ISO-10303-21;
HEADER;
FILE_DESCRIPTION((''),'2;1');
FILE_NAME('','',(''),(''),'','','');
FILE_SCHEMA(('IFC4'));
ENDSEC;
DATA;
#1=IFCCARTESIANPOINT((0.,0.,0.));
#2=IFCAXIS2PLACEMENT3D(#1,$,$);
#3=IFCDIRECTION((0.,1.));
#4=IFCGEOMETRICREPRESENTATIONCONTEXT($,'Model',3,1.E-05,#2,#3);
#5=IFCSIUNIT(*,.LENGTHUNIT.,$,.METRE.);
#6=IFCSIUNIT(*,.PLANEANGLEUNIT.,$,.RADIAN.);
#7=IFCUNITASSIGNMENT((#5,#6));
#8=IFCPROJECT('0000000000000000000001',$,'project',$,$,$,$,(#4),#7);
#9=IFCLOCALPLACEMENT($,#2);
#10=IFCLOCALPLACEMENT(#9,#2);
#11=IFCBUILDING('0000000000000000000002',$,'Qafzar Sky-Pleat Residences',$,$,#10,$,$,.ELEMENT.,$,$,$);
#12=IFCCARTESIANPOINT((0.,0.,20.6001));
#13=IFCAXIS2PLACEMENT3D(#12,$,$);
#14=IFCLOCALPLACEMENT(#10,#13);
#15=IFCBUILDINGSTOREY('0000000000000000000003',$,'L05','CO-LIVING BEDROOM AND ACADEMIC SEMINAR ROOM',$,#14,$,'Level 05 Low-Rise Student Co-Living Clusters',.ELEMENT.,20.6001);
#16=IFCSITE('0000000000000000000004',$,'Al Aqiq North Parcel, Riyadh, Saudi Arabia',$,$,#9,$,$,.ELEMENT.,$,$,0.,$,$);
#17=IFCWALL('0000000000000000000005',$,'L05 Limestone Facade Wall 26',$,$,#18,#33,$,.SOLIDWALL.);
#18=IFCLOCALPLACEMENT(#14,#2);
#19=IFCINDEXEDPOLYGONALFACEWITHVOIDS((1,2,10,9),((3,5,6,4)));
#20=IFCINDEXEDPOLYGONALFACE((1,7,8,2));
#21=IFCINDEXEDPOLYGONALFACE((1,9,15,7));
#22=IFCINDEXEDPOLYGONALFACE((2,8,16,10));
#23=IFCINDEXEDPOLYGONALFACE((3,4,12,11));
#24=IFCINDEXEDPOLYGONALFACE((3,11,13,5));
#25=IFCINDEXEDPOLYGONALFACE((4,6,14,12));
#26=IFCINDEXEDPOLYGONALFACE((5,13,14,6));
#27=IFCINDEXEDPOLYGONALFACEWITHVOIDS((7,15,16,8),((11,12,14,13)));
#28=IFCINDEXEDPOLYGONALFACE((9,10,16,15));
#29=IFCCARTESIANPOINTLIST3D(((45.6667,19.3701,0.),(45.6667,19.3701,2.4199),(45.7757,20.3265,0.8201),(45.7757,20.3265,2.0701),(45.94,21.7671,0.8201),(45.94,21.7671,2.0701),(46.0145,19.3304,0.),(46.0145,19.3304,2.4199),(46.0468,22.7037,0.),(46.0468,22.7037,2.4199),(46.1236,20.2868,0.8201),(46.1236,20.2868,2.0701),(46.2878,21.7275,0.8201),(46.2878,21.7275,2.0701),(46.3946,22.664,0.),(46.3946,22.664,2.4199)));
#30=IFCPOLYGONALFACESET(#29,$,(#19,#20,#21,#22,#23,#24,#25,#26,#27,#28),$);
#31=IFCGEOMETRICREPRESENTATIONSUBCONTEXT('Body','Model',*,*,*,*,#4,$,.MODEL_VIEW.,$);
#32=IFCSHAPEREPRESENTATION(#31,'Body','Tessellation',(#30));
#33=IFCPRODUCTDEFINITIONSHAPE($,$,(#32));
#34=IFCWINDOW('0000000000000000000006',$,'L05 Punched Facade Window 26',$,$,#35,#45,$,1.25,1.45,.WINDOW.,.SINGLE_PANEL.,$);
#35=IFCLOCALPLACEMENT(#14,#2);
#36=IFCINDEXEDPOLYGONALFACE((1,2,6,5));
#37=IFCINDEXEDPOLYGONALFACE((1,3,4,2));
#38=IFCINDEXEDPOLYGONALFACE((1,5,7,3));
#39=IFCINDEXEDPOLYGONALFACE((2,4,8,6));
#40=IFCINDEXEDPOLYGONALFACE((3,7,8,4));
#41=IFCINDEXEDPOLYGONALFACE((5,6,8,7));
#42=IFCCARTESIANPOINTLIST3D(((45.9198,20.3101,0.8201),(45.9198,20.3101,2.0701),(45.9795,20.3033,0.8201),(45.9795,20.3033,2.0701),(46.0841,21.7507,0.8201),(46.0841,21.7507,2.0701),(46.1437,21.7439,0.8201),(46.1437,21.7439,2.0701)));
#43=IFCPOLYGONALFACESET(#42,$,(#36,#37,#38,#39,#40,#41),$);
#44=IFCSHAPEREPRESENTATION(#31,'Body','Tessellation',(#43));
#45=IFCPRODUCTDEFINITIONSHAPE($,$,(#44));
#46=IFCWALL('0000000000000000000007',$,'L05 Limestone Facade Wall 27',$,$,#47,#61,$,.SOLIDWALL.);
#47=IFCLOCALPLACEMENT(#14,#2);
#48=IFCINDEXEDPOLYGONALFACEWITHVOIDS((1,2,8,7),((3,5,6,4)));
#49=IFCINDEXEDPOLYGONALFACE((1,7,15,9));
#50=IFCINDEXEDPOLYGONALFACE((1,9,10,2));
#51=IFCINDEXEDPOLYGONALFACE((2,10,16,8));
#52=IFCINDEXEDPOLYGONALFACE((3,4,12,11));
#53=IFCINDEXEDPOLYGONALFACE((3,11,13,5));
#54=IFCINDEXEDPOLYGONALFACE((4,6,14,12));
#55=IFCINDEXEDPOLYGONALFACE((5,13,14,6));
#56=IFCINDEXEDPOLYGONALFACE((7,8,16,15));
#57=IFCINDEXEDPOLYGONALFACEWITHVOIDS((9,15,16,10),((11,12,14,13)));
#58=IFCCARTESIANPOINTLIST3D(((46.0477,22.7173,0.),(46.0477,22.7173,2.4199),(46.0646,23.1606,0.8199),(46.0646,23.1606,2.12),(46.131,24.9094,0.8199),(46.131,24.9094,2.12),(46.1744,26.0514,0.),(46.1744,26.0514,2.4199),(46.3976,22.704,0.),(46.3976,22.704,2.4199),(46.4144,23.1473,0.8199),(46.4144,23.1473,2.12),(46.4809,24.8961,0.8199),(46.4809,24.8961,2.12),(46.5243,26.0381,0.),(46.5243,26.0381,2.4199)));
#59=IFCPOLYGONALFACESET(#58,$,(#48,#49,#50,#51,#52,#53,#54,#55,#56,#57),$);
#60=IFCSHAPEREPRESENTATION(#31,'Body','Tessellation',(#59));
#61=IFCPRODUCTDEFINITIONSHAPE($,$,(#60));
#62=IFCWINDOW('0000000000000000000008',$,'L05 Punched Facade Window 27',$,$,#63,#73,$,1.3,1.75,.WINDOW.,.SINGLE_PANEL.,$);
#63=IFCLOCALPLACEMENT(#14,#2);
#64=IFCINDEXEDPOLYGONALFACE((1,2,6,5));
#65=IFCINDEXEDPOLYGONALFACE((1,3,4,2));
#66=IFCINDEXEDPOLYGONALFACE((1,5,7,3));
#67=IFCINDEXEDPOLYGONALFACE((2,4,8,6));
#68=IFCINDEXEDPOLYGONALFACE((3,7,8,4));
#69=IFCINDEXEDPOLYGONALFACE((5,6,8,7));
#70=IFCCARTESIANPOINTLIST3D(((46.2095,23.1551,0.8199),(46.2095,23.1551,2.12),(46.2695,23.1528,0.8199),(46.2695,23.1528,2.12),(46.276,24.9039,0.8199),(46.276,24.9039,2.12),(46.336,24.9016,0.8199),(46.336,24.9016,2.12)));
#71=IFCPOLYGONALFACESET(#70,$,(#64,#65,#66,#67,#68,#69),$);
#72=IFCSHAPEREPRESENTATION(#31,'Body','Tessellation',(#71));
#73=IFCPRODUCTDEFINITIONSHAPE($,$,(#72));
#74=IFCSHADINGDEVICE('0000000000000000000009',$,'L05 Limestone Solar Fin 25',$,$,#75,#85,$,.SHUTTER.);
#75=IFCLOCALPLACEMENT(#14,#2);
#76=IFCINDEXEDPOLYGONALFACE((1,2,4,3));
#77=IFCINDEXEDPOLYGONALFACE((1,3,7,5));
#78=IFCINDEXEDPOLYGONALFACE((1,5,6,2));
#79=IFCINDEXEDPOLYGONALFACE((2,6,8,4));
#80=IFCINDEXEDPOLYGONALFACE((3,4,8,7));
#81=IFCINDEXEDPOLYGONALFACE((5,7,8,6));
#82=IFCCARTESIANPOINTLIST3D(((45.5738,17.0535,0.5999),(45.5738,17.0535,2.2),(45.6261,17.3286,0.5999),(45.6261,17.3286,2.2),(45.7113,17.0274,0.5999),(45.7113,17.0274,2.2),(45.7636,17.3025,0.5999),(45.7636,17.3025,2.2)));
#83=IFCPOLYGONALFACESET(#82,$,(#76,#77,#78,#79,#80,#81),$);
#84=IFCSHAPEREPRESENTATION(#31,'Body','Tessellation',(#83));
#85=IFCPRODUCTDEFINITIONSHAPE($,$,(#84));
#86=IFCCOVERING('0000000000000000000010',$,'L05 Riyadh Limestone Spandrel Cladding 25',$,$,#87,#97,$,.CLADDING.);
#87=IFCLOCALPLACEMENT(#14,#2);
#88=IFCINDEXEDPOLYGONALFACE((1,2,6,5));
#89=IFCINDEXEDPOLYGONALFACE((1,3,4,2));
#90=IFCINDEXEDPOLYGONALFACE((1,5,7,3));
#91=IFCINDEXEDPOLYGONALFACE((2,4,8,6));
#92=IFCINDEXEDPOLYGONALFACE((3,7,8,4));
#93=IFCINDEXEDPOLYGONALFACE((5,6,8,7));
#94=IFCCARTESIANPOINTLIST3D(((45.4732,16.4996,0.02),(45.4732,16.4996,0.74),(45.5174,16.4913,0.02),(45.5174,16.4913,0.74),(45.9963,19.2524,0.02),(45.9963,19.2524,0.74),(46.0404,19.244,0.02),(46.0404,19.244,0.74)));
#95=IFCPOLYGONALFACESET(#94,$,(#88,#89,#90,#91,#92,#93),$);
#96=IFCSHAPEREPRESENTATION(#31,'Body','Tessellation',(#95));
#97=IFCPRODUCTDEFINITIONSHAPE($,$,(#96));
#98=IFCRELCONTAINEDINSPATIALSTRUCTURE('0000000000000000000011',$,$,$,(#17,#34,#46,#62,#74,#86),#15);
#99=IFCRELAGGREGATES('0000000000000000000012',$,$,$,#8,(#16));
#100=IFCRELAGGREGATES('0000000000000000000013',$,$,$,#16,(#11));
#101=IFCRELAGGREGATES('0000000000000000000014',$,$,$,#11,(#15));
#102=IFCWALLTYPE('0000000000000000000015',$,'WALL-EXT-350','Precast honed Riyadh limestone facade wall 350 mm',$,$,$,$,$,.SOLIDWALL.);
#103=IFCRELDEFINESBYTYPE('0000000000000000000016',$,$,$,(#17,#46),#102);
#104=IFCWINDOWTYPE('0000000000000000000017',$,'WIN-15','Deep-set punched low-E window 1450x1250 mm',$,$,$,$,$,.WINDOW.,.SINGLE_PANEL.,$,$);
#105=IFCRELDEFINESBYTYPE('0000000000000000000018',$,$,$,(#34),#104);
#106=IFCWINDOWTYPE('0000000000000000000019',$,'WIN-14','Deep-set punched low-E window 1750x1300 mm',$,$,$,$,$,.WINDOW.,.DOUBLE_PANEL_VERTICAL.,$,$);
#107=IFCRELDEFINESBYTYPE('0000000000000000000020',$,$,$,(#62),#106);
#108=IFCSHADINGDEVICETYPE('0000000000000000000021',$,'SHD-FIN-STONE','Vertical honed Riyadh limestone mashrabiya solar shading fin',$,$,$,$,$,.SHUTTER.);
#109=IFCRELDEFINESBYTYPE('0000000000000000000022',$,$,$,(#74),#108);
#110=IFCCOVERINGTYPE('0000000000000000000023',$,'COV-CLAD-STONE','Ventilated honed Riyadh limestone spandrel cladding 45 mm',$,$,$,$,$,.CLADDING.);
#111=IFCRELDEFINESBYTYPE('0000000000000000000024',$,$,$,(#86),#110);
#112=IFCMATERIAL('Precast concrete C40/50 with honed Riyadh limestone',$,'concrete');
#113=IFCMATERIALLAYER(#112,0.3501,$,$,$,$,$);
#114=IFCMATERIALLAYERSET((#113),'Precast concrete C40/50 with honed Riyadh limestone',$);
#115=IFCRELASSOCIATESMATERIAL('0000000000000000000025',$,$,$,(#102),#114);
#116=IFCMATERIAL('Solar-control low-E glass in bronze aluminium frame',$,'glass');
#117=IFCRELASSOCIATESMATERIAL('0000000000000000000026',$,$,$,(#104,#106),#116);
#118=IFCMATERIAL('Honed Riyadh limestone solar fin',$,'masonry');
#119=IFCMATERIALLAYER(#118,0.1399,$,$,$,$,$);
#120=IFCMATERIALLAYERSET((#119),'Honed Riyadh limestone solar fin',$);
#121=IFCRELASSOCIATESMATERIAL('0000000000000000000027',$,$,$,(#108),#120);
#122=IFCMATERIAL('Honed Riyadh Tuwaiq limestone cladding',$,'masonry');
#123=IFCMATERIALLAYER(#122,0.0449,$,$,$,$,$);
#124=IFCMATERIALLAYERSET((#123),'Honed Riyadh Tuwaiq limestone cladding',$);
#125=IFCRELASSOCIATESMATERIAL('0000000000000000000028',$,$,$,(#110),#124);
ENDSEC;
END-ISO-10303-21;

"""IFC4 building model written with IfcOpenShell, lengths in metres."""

from ifc_helpers import new_model, si_unit, direction, frame, frame_2d, origin, origin_2d, place, context, subcontext, project, spatial, rectangle, extrude, source, transform, mapped, material, layer, layer_set, type_object, element, fill, save


model = new_model("IFC4")

# Units and contexts
model_context = context("Model", 3, precision=1e-05, world=origin(), true_north=direction((0.0, 1.0)))
body_context = subcontext(model_context, "Body", "Model", "MODEL_VIEW")
ifc_project = project(units=[si_unit("LENGTHUNIT", "METRE"), si_unit("PLANEANGLEUNIT", "RADIAN")], contexts=[model_context])

# Site, building, storey
site_placement = place(None, origin())
site = spatial("IfcSite", under=ifc_project, at=site_placement, Name="Al Aqiq North Parcel, Riyadh, Saudi Arabia", CompositionType="ELEMENT", RefElevation=0.0)
building_placement = place(site_placement, origin())
building = spatial("IfcBuilding", under=site, at=building_placement, Name="Qafzar Sky-Pleat Residences", CompositionType="ELEMENT")
storey_placement = place(building_placement, frame((0.0, 0.0, 20.6001)))
storey = spatial("IfcBuildingStorey", under=building, at=storey_placement, Name="L05", Description="CO-LIVING BEDROOM AND ACADEMIC SEMINAR ROOM", LongName="Level 05 Low-Rise Student Co-Living Clusters", CompositionType="ELEMENT", Elevation=20.6001)

# Shared definitions
ifc_material_1 = material(Name="Precast concrete C40/50 with honed Riyadh limestone", Category="concrete")
ifc_layer_1 = layer(ifc_material_1, 0.3501)
ifc_layer_set_1 = layer_set([ifc_layer_1], Name="Precast concrete C40/50 with honed Riyadh limestone")
wall_type_1 = type_object("IfcWallType", Name="WALL-EXT-350", Description="Precast honed Riyadh limestone facade wall 350 mm", PredefinedType="SOLIDWALL", material=ifc_layer_set_1)

# Walls, openings, windows
ifc_material_2 = material(Name="Solar-control low-E glass in bronze aluminium frame", Category="glass")
wall_1_placement = place(storey_placement, frame((45.8406, 19.3501, 0.0), z_axis=(0.0, 0.0, 1.0), x_axis=(0.11329, 0.993562, 0.0)))
wall_1 = element("IfcWall", 1, at=wall_1_placement, inside=storey, type_object=wall_type_1, Name="L05 Limestone Facade Wall 26", PredefinedType="SOLIDWALL", context=body_context, shape_type="SweptSolid", body=[
    extrude(rectangle(XDim=3.3552, YDim=0.3501, at=frame_2d((1.6777, 0.0))), origin(), (0.0, 0.0, 1.0), 2.4199),
])
opening_1_placement = place(wall_1_placement, frame((0.9626, 0.0, 0.8201)))
opening_1 = element("IfcOpeningElement", 2, at=opening_1_placement, cuts=wall_1, PredefinedType="OPENING", context=body_context, shape_type="SweptSolid", body=[
    extrude(rectangle(XDim=1.45, YDim=1.25, at=frame_2d((0.7251, 0.625))), frame((0.0, 0.1851, 0.0), z_axis=(0.0, -1.0, 0.0), x_axis=(1.0, 0.0, 0.0)), (0.0, 0.0, 1.0), 0.3701),
])
window_type_1 = type_object("IfcWindowType", Name="WIN-15", Description="Deep-set punched low-E window 1450x1250 mm", PartitioningType="SINGLE_PANEL", PredefinedType="WINDOW", material=ifc_material_2)
shared_shape_1 = source(origin(), body_context, "Body", "SweptSolid", [
    extrude(rectangle(XDim=1.45, YDim=1.25, at=frame_2d((0.7251, 0.625))), frame((0.0, 0.03, 0.0), z_axis=(0.0, -1.0, 0.0), x_axis=(1.0, 0.0, 0.0)), (0.0, 0.0, 1.0), 0.0601),
])
window_1_placement = place(opening_1_placement, origin())
window_1 = element("IfcWindow", 3, at=window_1_placement, inside=storey, type_object=window_type_1, Name="L05 Punched Facade Window 26", OverallHeight=1.25, OverallWidth=1.45, PartitioningType="SINGLE_PANEL", PredefinedType="WINDOW", context=body_context, shape_type="MappedRepresentation", body=[
    mapped(shared_shape_1, transform((0.0, 0.0, 0.0), x_axis=(1.0, 0.0, 0.0), y_axis=(0.0, 1.0, 0.0), z_axis=(0.0, 0.0, 1.0), scale=1.0)),
])
fill(opening_1, window_1)
wall_2_placement = place(storey_placement, frame((46.2227, 22.7107, 0.0), z_axis=(0.0, 0.0, 1.0), x_axis=(0.037978, 0.999279, 0.0)))
wall_2 = element("IfcWall", 4, at=wall_2_placement, inside=storey, type_object=wall_type_1, Name="L05 Limestone Facade Wall 27", PredefinedType="SOLIDWALL", context=body_context, shape_type="SweptSolid", body=[
    extrude(rectangle(XDim=3.3364, YDim=0.3501, at=frame_2d((1.6682, 0.0))), origin(), (0.0, 0.0, 1.0), 2.4199),
])
opening_2_placement = place(wall_2_placement, frame((0.4436, 0.0, 0.8201)))
opening_2 = element("IfcOpeningElement", 5, at=opening_2_placement, cuts=wall_2, PredefinedType="OPENING", context=body_context, shape_type="SweptSolid", body=[
    extrude(rectangle(XDim=1.75, YDim=1.3, at=frame_2d((0.875, 0.6499))), frame((0.0, 0.1851, 0.0), z_axis=(0.0, -1.0, 0.0), x_axis=(1.0, 0.0, 0.0)), (0.0, 0.0, 1.0), 0.3701),
])
window_type_2 = type_object("IfcWindowType", Name="WIN-14", Description="Deep-set punched low-E window 1750x1300 mm", PartitioningType="DOUBLE_PANEL_VERTICAL", PredefinedType="WINDOW", material=ifc_material_2)
shared_shape_2 = source(origin(), body_context, "Body", "SweptSolid", [
    extrude(rectangle(XDim=1.75, YDim=1.3, at=frame_2d((0.875, 0.6499))), frame((0.0, 0.03, 0.0), z_axis=(0.0, -1.0, 0.0), x_axis=(1.0, 0.0, 0.0)), (0.0, 0.0, 1.0), 0.0601),
])
window_2_placement = place(opening_2_placement, origin())
window_2 = element("IfcWindow", 6, at=window_2_placement, inside=storey, type_object=window_type_2, Name="L05 Punched Facade Window 27", OverallHeight=1.3, OverallWidth=1.75, PartitioningType="SINGLE_PANEL", PredefinedType="WINDOW", context=body_context, shape_type="MappedRepresentation", body=[
    mapped(shared_shape_2, transform((0.0, 0.0, 0.0), x_axis=(1.0, 0.0, 0.0), y_axis=(0.0, 1.0, 0.0), z_axis=(0.0, 0.0, 1.0), scale=1.0)),
])
fill(opening_2, window_2)

# Shading device
ifc_material_3 = material(Name="Honed Riyadh limestone solar fin", Category="masonry")
ifc_layer_2 = layer(ifc_material_3, 0.1399)
ifc_layer_set_2 = layer_set([ifc_layer_2], Name="Honed Riyadh limestone solar fin")
shading_device_type = type_object("IfcShadingDeviceType", Name="SHD-FIN-STONE", Description="Vertical honed Riyadh limestone mashrabiya solar shading fin", PredefinedType="SHUTTER", material=ifc_layer_set_2)
shared_shape_3 = source(origin(), body_context, "Body", "SweptSolid", [
    extrude(rectangle(XDim=0.1399, YDim=0.28, at=origin_2d()), origin(), (0.0, 0.0, 1.0), 1.6001),
])
shading_device_placement = place(storey_placement, frame((45.6687, 17.178, 0.5999), z_axis=(0.0, 0.0, 1.0), x_axis=(0.982421, -0.186678, 0.0)))
element("IfcShadingDevice", 7, at=shading_device_placement, inside=storey, type_object=shading_device_type, Name="L05 Limestone Solar Fin 25", PredefinedType="SHUTTER", context=body_context, shape_type="MappedRepresentation", body=[
    mapped(shared_shape_3, transform((0.0, 0.0, 0.0), x_axis=(1.0, 0.0, 0.0), y_axis=(0.0, 1.0, 0.0), z_axis=(0.0, 0.0, 1.0), scale=1.0)),
])

# Covering
ifc_material_4 = material(Name="Honed Riyadh Tuwaiq limestone cladding", Category="masonry")
ifc_layer_3 = layer(ifc_material_4, 0.0449)
ifc_layer_set_3 = layer_set([ifc_layer_3], Name="Honed Riyadh Tuwaiq limestone cladding")
covering_type = type_object("IfcCoveringType", Name="COV-CLAD-STONE", Description="Ventilated honed Riyadh limestone spandrel cladding 45 mm", PredefinedType="CLADDING", material=ifc_layer_set_3)
shared_shape_4 = source(origin(), body_context, "Body", "SweptSolid", [
    extrude(rectangle(XDim=2.802, YDim=0.0449, at=origin_2d()), origin(), (0.0, 0.0, 1.0), 0.72),
])
covering_placement = place(storey_placement, frame((45.7568, 17.8718, 0.02), z_axis=(0.0, 0.0, 1.0), x_axis=(0.186681, 0.982421, 0.0)))
element("IfcCovering", 8, at=covering_placement, inside=storey, type_object=covering_type, Name="L05 Riyadh Limestone Spandrel Cladding 25", PredefinedType="CLADDING", context=body_context, shape_type="MappedRepresentation", body=[
    mapped(shared_shape_4, transform((0.0, 0.0, 0.0), x_axis=(1.0, 0.0, 0.0), y_axis=(0.0, 1.0, 0.0), z_axis=(0.0, 0.0, 1.0), scale=1.0)),
])

save(model, "model.ifc")
